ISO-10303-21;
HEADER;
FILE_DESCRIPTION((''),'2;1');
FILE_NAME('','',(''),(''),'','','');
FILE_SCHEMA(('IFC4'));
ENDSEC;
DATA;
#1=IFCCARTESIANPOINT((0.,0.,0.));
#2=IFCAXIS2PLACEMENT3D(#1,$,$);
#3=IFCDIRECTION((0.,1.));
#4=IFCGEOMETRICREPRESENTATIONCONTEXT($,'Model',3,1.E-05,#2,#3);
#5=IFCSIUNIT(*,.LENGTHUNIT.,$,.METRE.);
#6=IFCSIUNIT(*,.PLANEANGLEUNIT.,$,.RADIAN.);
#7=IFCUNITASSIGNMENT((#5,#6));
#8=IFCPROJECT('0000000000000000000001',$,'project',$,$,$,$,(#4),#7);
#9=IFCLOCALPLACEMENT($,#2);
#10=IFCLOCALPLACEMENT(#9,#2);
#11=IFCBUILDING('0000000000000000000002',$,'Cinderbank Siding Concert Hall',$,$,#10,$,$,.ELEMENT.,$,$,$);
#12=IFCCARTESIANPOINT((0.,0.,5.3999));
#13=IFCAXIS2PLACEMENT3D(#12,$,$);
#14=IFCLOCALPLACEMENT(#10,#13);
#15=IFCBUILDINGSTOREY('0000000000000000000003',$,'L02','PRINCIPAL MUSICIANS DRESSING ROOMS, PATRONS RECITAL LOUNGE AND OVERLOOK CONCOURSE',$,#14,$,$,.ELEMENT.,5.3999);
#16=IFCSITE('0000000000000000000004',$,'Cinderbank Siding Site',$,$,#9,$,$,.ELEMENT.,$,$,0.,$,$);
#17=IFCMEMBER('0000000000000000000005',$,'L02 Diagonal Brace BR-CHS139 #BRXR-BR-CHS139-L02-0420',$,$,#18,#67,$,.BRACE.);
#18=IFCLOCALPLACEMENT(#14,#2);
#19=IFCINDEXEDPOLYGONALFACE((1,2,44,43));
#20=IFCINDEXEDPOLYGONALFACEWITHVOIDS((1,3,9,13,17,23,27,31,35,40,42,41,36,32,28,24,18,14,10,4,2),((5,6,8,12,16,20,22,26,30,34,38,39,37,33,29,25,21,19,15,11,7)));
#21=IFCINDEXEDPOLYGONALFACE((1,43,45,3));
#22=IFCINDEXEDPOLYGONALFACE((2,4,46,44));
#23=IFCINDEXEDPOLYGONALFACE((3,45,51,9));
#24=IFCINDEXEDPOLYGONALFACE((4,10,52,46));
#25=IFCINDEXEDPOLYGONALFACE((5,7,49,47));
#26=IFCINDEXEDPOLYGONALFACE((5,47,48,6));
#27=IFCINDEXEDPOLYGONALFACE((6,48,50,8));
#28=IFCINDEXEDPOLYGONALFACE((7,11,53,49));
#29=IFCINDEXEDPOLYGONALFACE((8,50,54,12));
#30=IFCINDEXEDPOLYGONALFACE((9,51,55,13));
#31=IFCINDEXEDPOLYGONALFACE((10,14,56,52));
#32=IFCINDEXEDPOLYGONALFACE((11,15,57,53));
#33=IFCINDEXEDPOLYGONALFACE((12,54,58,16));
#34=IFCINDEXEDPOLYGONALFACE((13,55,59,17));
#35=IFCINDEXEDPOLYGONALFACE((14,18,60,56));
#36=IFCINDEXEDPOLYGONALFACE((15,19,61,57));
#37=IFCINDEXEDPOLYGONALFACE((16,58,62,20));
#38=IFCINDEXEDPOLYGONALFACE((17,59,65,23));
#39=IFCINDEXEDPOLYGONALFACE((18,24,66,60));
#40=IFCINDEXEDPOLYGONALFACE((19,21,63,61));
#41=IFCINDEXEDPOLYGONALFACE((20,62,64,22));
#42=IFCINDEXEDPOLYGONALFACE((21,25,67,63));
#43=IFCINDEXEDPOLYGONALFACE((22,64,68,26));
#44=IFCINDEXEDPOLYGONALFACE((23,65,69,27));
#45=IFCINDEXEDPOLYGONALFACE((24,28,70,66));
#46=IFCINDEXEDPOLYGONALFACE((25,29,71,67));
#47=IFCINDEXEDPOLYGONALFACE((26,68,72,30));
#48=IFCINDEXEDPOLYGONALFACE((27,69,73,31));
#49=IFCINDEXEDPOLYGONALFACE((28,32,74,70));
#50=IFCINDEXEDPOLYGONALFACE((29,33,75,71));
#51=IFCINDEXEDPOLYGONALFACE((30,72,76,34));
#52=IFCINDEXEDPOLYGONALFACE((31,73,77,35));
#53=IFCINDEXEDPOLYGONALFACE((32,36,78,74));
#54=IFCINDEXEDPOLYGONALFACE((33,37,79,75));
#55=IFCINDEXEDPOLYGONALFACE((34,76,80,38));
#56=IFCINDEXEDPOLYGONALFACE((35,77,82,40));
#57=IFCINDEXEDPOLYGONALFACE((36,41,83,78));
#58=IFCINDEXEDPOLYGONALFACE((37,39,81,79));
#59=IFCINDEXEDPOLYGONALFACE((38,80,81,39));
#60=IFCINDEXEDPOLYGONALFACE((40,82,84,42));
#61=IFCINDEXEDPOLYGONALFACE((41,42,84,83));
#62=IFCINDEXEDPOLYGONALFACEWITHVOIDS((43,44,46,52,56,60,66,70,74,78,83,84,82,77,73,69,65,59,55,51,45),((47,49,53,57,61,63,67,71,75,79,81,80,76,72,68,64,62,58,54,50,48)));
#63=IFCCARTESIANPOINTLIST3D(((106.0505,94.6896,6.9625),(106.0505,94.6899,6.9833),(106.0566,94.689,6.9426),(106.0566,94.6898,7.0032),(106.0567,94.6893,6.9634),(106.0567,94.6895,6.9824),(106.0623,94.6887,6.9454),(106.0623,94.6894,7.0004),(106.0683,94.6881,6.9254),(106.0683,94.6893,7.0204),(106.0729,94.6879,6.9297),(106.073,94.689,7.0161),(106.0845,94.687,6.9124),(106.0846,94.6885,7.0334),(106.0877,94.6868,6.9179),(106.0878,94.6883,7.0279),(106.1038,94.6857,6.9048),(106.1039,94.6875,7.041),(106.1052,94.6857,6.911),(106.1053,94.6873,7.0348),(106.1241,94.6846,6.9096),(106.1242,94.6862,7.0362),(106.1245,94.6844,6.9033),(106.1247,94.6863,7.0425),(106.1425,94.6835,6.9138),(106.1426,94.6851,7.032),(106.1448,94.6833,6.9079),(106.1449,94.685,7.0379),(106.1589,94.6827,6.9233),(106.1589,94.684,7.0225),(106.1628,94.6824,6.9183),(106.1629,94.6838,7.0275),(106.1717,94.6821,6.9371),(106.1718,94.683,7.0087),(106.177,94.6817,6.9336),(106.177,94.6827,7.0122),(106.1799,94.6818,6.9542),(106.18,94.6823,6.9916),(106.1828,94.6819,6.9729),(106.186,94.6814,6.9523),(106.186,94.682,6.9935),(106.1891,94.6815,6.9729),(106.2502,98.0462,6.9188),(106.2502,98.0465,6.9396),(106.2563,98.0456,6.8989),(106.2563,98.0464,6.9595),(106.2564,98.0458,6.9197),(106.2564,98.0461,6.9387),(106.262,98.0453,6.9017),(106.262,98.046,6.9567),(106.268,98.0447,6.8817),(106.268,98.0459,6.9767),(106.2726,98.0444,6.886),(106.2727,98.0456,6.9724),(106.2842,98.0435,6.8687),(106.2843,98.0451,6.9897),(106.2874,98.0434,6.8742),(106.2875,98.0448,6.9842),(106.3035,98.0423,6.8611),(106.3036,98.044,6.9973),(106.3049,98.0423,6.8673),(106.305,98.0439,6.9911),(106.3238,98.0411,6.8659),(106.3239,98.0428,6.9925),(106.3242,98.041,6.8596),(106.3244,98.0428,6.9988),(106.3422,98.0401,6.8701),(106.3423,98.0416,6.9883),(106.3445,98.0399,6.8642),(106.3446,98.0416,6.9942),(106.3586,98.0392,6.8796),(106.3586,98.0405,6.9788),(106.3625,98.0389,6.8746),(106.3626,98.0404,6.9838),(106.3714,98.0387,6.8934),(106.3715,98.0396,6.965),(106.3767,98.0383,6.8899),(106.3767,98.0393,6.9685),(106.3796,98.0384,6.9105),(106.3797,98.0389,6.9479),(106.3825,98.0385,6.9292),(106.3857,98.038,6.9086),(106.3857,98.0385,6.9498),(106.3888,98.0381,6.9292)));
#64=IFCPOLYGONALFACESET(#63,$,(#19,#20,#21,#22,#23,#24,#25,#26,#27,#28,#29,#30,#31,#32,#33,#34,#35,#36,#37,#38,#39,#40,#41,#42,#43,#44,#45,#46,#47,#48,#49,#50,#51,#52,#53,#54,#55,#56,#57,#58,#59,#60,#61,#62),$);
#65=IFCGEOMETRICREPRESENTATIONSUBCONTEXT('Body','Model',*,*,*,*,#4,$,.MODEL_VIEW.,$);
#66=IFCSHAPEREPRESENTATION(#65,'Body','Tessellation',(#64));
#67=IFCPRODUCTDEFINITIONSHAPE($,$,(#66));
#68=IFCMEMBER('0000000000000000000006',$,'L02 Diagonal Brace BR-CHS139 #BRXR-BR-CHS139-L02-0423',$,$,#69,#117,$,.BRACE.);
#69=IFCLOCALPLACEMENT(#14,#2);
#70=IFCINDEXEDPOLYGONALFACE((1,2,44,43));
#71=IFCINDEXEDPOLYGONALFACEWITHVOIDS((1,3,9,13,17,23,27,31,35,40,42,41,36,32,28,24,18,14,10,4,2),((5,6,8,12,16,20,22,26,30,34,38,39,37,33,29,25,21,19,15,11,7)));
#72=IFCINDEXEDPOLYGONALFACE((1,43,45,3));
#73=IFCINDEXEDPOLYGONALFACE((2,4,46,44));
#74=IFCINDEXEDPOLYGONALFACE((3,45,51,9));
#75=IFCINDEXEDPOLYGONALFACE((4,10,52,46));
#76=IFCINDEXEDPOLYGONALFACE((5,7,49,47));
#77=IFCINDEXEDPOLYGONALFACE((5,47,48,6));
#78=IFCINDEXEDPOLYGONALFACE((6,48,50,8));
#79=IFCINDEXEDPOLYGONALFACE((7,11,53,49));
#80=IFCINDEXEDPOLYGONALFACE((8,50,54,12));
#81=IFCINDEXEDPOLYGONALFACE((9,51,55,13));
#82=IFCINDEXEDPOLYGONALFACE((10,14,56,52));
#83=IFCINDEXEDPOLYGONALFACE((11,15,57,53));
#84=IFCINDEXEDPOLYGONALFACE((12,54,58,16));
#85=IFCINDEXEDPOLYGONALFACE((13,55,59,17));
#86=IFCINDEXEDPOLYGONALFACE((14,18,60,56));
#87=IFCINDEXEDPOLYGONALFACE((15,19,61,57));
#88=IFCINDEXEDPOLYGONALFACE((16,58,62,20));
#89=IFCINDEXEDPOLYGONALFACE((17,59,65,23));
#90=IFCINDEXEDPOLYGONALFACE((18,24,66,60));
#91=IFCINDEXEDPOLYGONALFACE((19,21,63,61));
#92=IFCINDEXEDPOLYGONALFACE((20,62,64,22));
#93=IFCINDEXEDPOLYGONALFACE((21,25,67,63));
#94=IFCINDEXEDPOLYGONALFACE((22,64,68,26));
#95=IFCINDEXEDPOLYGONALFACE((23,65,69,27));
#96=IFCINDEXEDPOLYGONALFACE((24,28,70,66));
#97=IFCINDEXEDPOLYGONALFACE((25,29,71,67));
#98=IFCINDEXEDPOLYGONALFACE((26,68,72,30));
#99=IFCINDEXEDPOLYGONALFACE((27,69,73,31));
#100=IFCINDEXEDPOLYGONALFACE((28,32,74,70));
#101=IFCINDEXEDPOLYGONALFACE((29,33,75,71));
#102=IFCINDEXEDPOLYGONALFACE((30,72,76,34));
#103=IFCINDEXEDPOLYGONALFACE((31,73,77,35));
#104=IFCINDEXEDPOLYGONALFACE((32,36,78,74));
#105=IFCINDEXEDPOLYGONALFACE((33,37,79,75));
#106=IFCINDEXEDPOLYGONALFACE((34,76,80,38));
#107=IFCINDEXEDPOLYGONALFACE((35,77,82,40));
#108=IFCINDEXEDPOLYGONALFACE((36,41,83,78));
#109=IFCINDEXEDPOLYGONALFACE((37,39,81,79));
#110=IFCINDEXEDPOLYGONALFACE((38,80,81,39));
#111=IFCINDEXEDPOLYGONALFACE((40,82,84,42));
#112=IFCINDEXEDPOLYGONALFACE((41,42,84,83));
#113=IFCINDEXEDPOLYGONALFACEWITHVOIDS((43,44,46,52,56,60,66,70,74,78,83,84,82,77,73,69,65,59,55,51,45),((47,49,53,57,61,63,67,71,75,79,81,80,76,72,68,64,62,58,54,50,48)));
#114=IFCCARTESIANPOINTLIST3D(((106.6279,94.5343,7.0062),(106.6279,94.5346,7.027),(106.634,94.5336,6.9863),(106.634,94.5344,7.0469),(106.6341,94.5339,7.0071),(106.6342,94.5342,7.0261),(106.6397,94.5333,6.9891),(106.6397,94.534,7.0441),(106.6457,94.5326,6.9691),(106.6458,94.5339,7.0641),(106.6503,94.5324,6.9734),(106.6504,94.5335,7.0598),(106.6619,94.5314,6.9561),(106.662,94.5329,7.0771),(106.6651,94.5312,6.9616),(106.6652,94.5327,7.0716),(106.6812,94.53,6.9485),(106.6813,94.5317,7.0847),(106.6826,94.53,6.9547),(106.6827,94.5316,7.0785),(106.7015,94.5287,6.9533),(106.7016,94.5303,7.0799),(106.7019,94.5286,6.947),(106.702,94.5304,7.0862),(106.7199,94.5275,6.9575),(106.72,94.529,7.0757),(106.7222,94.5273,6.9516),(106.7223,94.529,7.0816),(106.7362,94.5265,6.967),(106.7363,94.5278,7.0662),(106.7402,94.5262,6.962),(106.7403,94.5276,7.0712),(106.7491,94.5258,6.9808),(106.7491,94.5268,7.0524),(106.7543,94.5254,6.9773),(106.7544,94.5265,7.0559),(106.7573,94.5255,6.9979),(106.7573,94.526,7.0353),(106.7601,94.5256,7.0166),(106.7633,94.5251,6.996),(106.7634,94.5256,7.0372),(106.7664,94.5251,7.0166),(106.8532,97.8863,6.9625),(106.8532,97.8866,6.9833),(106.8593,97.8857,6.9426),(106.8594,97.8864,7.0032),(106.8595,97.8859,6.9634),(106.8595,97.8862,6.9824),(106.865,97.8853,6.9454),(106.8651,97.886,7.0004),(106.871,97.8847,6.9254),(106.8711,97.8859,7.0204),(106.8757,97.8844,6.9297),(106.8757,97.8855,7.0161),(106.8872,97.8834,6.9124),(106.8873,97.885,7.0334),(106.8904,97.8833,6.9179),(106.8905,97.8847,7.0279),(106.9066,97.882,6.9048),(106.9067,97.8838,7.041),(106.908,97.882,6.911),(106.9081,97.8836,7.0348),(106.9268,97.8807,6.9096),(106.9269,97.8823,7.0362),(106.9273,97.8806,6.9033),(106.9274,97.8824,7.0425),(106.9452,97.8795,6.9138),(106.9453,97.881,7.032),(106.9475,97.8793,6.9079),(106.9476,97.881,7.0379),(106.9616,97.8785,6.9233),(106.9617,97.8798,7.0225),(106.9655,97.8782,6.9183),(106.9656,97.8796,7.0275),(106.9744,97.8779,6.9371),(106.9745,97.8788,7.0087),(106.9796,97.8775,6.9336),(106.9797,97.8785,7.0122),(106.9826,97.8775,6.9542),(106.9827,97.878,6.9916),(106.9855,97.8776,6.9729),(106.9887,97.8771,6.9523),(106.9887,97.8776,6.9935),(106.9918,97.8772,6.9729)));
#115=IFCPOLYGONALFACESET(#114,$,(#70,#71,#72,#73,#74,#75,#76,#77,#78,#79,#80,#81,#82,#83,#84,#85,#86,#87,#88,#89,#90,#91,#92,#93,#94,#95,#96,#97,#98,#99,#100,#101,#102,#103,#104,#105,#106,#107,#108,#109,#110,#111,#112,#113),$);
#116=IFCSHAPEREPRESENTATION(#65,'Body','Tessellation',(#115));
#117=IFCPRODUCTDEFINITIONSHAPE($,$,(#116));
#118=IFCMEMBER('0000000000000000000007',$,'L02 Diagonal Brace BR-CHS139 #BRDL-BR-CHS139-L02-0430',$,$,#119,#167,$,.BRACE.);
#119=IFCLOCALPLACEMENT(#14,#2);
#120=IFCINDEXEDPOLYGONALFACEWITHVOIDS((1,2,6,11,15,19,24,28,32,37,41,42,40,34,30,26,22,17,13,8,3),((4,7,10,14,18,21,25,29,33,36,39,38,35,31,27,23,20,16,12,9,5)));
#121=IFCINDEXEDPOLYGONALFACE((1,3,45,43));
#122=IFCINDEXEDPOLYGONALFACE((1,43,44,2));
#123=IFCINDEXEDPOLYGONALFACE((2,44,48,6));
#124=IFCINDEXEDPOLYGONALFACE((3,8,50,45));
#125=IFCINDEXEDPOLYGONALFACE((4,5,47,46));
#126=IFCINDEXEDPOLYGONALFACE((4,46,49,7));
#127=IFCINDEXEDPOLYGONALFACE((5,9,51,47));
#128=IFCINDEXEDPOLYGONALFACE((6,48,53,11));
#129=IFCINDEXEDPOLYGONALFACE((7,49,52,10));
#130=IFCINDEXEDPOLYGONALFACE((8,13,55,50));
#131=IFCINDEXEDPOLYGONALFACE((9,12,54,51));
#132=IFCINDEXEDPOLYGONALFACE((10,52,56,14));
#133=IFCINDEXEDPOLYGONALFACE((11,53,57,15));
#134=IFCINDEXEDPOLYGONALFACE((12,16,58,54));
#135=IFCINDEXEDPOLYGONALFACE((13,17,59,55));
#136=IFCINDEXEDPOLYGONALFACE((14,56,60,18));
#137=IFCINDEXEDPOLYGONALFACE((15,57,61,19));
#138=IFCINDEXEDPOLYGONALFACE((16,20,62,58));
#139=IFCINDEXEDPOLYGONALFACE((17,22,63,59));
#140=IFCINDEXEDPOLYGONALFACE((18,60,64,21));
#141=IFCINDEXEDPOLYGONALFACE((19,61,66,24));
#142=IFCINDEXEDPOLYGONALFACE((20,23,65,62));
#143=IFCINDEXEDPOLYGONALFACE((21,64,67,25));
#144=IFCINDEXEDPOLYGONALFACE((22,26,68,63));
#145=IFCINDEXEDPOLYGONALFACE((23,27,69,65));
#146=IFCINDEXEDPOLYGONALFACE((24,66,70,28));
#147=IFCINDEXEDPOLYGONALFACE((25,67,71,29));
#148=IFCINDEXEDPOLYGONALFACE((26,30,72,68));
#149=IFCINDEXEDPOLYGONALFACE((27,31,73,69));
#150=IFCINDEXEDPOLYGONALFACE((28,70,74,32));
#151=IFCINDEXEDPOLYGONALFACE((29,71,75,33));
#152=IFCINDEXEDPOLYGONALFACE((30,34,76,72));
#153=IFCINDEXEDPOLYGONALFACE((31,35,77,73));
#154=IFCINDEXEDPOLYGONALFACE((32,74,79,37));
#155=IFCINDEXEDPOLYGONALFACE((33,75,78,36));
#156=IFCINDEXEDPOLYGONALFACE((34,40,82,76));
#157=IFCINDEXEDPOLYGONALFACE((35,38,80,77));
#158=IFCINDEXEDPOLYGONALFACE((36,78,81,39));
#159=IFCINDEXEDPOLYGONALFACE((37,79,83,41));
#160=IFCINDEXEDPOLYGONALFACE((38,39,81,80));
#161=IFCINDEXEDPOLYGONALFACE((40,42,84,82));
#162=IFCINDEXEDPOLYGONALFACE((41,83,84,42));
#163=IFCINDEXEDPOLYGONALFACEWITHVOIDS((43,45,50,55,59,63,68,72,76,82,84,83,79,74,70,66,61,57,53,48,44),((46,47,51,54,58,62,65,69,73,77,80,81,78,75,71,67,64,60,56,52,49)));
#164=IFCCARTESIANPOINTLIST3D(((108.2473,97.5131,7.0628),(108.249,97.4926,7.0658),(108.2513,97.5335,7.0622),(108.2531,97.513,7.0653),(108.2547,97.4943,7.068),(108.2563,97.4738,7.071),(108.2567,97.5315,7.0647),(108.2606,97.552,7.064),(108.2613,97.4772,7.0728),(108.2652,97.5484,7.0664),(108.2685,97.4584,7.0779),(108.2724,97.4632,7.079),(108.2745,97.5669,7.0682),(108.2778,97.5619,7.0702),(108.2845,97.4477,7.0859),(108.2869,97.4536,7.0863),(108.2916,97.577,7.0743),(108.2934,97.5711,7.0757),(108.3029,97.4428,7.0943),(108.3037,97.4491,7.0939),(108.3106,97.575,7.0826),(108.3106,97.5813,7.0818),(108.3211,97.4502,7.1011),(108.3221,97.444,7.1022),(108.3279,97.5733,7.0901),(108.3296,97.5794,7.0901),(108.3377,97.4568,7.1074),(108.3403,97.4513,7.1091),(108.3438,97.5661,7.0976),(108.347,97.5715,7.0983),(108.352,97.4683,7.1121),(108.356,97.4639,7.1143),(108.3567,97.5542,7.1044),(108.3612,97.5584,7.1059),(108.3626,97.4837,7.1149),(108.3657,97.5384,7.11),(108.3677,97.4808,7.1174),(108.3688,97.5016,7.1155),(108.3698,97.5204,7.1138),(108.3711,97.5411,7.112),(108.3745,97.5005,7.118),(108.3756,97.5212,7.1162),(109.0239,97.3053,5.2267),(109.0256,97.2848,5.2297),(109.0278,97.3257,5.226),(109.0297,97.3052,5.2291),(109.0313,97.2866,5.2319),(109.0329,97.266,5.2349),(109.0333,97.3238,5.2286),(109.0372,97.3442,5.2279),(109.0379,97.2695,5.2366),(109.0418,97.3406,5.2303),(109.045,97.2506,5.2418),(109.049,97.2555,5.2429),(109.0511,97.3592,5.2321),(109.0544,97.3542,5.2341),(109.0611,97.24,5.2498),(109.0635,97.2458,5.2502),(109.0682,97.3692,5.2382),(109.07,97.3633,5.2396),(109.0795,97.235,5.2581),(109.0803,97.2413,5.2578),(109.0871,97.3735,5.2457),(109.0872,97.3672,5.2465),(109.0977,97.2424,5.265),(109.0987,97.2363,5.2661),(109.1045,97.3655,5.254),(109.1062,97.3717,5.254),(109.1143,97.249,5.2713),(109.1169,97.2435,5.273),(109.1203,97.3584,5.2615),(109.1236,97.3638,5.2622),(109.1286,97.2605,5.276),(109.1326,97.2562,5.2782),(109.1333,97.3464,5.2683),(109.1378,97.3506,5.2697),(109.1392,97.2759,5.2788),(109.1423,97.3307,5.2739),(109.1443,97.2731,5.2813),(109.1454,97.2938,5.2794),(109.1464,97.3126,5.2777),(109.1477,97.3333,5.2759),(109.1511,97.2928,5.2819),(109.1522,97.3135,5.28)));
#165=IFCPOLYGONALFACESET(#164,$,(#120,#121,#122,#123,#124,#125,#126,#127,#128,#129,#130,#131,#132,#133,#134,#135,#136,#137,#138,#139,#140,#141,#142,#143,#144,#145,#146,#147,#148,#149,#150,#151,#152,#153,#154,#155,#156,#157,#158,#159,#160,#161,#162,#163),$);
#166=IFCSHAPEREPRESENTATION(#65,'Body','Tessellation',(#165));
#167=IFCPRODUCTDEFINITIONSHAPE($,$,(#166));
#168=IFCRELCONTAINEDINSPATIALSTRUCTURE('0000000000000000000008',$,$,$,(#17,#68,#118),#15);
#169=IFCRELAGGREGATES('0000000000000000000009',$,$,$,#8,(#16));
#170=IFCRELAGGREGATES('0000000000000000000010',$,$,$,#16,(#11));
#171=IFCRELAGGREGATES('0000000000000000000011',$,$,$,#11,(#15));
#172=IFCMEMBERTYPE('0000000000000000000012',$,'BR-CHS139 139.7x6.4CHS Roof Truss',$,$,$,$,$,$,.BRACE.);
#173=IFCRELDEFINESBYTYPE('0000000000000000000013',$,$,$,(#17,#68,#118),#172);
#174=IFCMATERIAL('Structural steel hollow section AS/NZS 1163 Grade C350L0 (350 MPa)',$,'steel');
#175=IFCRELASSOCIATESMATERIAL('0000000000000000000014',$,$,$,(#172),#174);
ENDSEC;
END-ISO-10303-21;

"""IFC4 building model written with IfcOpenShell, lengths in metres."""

from ifc_helpers import new_model, si_unit, direction, frame, origin, origin_2d, place, context, subcontext, project, spatial, hollow_circle, extrude, material, material_profile, profile_set, type_object, element, save


model = new_model("IFC4")

# Units and contexts
model_context = context("Model", 3, precision=1e-05, world=origin(), true_north=direction((0.0, 1.0)))
body_context = subcontext(model_context, "Body", "Model", "MODEL_VIEW")
ifc_project = project(units=[si_unit("LENGTHUNIT", "METRE"), si_unit("PLANEANGLEUNIT", "RADIAN")], contexts=[model_context])

# Site, building, storey
site_placement = place(None, origin())
site = spatial("IfcSite", under=ifc_project, at=site_placement, Name="Cinderbank Siding Site", CompositionType="ELEMENT", RefElevation=0.0)
building_placement = place(site_placement, origin())
building = spatial("IfcBuilding", under=site, at=building_placement, Name="Cinderbank Siding Concert Hall", CompositionType="ELEMENT")
storey_placement = place(building_placement, frame((0.0, 0.0, 5.3999)))
storey = spatial("IfcBuildingStorey", under=building, at=storey_placement, Name="L02", Description="PRINCIPAL MUSICIANS DRESSING ROOMS, PATRONS RECITAL LOUNGE AND OVERLOOK CONCOURSE", CompositionType="ELEMENT", Elevation=5.3999)

# Members
ifc_material_1 = material(Name="Structural steel hollow section AS/NZS 1163 Grade C350L0 (350 MPa)", Category="steel")
ifc_material_profile_1 = material_profile(ifc_material_1, hollow_circle(Radius=0.0698, WallThickness=0.0063, at=origin_2d()), Name="139.7x6.4CHS", Category="LoadBearing")
ifc_profile_set_1 = profile_set([ifc_material_profile_1], Name="Structural steel hollow section AS/NZS 1163 Grade C350L0 (350 MPa)")
member_type_1 = type_object("IfcMemberType", Name="BR-CHS139 139.7x6.4CHS Roof Truss", PredefinedType="BRACE", material=ifc_profile_set_1)
member_1_placement = place(storey_placement, frame((106.3191, 98.0422, 6.9292), z_axis=(-0.059385, -0.998151, 0.012995), x_axis=(0.998235, -0.05939, 0.0)))
element("IfcMember", 1, at=member_1_placement, inside=storey, type_object=member_type_1, Name="L02 Diagonal Brace BR-CHS139 #BRXR-BR-CHS139-L02-0420", PredefinedType="BRACE", context=body_context, shape_type="SweptSolid", body=[
    extrude(hollow_circle(Radius=0.0698, WallThickness=0.0063, at=origin_2d()), origin(), (0.0, 0.0, 1.0), 3.3628),
])
member_2_placement = place(storey_placement, frame((106.9221, 97.8818, 6.9729), z_axis=(-0.067068, -0.997664, 0.013007), x_axis=(0.997748, -0.067074, 0.0)))
element("IfcMember", 2, at=member_2_placement, inside=storey, type_object=member_type_1, Name="L02 Diagonal Brace BR-CHS139 #BRXR-BR-CHS139-L02-0423", PredefinedType="BRACE", context=body_context, shape_type="SweptSolid", body=[
    extrude(hollow_circle(Radius=0.0698, WallThickness=0.0063, at=origin_2d()), origin(), (0.0, 0.0, 1.0), 3.3599),
])
member_3_placement = place(storey_placement, frame((108.3115, 97.512, 7.0901), z_axis=(0.387442, -0.103651, -0.916049), x_axis=(0.258438, 0.966028, 0.0)))
element("IfcMember", 3, at=member_3_placement, inside=storey, type_object=member_type_1, Name="L02 Diagonal Brace BR-CHS139 #BRDL-BR-CHS139-L02-0430", PredefinedType="BRACE", context=body_context, shape_type="SweptSolid", body=[
    extrude(hollow_circle(Radius=0.0698, WallThickness=0.0063, at=origin_2d()), origin(), (0.0, 0.0, 1.0), 2.0044),
])

save(model, "model.ifc")
